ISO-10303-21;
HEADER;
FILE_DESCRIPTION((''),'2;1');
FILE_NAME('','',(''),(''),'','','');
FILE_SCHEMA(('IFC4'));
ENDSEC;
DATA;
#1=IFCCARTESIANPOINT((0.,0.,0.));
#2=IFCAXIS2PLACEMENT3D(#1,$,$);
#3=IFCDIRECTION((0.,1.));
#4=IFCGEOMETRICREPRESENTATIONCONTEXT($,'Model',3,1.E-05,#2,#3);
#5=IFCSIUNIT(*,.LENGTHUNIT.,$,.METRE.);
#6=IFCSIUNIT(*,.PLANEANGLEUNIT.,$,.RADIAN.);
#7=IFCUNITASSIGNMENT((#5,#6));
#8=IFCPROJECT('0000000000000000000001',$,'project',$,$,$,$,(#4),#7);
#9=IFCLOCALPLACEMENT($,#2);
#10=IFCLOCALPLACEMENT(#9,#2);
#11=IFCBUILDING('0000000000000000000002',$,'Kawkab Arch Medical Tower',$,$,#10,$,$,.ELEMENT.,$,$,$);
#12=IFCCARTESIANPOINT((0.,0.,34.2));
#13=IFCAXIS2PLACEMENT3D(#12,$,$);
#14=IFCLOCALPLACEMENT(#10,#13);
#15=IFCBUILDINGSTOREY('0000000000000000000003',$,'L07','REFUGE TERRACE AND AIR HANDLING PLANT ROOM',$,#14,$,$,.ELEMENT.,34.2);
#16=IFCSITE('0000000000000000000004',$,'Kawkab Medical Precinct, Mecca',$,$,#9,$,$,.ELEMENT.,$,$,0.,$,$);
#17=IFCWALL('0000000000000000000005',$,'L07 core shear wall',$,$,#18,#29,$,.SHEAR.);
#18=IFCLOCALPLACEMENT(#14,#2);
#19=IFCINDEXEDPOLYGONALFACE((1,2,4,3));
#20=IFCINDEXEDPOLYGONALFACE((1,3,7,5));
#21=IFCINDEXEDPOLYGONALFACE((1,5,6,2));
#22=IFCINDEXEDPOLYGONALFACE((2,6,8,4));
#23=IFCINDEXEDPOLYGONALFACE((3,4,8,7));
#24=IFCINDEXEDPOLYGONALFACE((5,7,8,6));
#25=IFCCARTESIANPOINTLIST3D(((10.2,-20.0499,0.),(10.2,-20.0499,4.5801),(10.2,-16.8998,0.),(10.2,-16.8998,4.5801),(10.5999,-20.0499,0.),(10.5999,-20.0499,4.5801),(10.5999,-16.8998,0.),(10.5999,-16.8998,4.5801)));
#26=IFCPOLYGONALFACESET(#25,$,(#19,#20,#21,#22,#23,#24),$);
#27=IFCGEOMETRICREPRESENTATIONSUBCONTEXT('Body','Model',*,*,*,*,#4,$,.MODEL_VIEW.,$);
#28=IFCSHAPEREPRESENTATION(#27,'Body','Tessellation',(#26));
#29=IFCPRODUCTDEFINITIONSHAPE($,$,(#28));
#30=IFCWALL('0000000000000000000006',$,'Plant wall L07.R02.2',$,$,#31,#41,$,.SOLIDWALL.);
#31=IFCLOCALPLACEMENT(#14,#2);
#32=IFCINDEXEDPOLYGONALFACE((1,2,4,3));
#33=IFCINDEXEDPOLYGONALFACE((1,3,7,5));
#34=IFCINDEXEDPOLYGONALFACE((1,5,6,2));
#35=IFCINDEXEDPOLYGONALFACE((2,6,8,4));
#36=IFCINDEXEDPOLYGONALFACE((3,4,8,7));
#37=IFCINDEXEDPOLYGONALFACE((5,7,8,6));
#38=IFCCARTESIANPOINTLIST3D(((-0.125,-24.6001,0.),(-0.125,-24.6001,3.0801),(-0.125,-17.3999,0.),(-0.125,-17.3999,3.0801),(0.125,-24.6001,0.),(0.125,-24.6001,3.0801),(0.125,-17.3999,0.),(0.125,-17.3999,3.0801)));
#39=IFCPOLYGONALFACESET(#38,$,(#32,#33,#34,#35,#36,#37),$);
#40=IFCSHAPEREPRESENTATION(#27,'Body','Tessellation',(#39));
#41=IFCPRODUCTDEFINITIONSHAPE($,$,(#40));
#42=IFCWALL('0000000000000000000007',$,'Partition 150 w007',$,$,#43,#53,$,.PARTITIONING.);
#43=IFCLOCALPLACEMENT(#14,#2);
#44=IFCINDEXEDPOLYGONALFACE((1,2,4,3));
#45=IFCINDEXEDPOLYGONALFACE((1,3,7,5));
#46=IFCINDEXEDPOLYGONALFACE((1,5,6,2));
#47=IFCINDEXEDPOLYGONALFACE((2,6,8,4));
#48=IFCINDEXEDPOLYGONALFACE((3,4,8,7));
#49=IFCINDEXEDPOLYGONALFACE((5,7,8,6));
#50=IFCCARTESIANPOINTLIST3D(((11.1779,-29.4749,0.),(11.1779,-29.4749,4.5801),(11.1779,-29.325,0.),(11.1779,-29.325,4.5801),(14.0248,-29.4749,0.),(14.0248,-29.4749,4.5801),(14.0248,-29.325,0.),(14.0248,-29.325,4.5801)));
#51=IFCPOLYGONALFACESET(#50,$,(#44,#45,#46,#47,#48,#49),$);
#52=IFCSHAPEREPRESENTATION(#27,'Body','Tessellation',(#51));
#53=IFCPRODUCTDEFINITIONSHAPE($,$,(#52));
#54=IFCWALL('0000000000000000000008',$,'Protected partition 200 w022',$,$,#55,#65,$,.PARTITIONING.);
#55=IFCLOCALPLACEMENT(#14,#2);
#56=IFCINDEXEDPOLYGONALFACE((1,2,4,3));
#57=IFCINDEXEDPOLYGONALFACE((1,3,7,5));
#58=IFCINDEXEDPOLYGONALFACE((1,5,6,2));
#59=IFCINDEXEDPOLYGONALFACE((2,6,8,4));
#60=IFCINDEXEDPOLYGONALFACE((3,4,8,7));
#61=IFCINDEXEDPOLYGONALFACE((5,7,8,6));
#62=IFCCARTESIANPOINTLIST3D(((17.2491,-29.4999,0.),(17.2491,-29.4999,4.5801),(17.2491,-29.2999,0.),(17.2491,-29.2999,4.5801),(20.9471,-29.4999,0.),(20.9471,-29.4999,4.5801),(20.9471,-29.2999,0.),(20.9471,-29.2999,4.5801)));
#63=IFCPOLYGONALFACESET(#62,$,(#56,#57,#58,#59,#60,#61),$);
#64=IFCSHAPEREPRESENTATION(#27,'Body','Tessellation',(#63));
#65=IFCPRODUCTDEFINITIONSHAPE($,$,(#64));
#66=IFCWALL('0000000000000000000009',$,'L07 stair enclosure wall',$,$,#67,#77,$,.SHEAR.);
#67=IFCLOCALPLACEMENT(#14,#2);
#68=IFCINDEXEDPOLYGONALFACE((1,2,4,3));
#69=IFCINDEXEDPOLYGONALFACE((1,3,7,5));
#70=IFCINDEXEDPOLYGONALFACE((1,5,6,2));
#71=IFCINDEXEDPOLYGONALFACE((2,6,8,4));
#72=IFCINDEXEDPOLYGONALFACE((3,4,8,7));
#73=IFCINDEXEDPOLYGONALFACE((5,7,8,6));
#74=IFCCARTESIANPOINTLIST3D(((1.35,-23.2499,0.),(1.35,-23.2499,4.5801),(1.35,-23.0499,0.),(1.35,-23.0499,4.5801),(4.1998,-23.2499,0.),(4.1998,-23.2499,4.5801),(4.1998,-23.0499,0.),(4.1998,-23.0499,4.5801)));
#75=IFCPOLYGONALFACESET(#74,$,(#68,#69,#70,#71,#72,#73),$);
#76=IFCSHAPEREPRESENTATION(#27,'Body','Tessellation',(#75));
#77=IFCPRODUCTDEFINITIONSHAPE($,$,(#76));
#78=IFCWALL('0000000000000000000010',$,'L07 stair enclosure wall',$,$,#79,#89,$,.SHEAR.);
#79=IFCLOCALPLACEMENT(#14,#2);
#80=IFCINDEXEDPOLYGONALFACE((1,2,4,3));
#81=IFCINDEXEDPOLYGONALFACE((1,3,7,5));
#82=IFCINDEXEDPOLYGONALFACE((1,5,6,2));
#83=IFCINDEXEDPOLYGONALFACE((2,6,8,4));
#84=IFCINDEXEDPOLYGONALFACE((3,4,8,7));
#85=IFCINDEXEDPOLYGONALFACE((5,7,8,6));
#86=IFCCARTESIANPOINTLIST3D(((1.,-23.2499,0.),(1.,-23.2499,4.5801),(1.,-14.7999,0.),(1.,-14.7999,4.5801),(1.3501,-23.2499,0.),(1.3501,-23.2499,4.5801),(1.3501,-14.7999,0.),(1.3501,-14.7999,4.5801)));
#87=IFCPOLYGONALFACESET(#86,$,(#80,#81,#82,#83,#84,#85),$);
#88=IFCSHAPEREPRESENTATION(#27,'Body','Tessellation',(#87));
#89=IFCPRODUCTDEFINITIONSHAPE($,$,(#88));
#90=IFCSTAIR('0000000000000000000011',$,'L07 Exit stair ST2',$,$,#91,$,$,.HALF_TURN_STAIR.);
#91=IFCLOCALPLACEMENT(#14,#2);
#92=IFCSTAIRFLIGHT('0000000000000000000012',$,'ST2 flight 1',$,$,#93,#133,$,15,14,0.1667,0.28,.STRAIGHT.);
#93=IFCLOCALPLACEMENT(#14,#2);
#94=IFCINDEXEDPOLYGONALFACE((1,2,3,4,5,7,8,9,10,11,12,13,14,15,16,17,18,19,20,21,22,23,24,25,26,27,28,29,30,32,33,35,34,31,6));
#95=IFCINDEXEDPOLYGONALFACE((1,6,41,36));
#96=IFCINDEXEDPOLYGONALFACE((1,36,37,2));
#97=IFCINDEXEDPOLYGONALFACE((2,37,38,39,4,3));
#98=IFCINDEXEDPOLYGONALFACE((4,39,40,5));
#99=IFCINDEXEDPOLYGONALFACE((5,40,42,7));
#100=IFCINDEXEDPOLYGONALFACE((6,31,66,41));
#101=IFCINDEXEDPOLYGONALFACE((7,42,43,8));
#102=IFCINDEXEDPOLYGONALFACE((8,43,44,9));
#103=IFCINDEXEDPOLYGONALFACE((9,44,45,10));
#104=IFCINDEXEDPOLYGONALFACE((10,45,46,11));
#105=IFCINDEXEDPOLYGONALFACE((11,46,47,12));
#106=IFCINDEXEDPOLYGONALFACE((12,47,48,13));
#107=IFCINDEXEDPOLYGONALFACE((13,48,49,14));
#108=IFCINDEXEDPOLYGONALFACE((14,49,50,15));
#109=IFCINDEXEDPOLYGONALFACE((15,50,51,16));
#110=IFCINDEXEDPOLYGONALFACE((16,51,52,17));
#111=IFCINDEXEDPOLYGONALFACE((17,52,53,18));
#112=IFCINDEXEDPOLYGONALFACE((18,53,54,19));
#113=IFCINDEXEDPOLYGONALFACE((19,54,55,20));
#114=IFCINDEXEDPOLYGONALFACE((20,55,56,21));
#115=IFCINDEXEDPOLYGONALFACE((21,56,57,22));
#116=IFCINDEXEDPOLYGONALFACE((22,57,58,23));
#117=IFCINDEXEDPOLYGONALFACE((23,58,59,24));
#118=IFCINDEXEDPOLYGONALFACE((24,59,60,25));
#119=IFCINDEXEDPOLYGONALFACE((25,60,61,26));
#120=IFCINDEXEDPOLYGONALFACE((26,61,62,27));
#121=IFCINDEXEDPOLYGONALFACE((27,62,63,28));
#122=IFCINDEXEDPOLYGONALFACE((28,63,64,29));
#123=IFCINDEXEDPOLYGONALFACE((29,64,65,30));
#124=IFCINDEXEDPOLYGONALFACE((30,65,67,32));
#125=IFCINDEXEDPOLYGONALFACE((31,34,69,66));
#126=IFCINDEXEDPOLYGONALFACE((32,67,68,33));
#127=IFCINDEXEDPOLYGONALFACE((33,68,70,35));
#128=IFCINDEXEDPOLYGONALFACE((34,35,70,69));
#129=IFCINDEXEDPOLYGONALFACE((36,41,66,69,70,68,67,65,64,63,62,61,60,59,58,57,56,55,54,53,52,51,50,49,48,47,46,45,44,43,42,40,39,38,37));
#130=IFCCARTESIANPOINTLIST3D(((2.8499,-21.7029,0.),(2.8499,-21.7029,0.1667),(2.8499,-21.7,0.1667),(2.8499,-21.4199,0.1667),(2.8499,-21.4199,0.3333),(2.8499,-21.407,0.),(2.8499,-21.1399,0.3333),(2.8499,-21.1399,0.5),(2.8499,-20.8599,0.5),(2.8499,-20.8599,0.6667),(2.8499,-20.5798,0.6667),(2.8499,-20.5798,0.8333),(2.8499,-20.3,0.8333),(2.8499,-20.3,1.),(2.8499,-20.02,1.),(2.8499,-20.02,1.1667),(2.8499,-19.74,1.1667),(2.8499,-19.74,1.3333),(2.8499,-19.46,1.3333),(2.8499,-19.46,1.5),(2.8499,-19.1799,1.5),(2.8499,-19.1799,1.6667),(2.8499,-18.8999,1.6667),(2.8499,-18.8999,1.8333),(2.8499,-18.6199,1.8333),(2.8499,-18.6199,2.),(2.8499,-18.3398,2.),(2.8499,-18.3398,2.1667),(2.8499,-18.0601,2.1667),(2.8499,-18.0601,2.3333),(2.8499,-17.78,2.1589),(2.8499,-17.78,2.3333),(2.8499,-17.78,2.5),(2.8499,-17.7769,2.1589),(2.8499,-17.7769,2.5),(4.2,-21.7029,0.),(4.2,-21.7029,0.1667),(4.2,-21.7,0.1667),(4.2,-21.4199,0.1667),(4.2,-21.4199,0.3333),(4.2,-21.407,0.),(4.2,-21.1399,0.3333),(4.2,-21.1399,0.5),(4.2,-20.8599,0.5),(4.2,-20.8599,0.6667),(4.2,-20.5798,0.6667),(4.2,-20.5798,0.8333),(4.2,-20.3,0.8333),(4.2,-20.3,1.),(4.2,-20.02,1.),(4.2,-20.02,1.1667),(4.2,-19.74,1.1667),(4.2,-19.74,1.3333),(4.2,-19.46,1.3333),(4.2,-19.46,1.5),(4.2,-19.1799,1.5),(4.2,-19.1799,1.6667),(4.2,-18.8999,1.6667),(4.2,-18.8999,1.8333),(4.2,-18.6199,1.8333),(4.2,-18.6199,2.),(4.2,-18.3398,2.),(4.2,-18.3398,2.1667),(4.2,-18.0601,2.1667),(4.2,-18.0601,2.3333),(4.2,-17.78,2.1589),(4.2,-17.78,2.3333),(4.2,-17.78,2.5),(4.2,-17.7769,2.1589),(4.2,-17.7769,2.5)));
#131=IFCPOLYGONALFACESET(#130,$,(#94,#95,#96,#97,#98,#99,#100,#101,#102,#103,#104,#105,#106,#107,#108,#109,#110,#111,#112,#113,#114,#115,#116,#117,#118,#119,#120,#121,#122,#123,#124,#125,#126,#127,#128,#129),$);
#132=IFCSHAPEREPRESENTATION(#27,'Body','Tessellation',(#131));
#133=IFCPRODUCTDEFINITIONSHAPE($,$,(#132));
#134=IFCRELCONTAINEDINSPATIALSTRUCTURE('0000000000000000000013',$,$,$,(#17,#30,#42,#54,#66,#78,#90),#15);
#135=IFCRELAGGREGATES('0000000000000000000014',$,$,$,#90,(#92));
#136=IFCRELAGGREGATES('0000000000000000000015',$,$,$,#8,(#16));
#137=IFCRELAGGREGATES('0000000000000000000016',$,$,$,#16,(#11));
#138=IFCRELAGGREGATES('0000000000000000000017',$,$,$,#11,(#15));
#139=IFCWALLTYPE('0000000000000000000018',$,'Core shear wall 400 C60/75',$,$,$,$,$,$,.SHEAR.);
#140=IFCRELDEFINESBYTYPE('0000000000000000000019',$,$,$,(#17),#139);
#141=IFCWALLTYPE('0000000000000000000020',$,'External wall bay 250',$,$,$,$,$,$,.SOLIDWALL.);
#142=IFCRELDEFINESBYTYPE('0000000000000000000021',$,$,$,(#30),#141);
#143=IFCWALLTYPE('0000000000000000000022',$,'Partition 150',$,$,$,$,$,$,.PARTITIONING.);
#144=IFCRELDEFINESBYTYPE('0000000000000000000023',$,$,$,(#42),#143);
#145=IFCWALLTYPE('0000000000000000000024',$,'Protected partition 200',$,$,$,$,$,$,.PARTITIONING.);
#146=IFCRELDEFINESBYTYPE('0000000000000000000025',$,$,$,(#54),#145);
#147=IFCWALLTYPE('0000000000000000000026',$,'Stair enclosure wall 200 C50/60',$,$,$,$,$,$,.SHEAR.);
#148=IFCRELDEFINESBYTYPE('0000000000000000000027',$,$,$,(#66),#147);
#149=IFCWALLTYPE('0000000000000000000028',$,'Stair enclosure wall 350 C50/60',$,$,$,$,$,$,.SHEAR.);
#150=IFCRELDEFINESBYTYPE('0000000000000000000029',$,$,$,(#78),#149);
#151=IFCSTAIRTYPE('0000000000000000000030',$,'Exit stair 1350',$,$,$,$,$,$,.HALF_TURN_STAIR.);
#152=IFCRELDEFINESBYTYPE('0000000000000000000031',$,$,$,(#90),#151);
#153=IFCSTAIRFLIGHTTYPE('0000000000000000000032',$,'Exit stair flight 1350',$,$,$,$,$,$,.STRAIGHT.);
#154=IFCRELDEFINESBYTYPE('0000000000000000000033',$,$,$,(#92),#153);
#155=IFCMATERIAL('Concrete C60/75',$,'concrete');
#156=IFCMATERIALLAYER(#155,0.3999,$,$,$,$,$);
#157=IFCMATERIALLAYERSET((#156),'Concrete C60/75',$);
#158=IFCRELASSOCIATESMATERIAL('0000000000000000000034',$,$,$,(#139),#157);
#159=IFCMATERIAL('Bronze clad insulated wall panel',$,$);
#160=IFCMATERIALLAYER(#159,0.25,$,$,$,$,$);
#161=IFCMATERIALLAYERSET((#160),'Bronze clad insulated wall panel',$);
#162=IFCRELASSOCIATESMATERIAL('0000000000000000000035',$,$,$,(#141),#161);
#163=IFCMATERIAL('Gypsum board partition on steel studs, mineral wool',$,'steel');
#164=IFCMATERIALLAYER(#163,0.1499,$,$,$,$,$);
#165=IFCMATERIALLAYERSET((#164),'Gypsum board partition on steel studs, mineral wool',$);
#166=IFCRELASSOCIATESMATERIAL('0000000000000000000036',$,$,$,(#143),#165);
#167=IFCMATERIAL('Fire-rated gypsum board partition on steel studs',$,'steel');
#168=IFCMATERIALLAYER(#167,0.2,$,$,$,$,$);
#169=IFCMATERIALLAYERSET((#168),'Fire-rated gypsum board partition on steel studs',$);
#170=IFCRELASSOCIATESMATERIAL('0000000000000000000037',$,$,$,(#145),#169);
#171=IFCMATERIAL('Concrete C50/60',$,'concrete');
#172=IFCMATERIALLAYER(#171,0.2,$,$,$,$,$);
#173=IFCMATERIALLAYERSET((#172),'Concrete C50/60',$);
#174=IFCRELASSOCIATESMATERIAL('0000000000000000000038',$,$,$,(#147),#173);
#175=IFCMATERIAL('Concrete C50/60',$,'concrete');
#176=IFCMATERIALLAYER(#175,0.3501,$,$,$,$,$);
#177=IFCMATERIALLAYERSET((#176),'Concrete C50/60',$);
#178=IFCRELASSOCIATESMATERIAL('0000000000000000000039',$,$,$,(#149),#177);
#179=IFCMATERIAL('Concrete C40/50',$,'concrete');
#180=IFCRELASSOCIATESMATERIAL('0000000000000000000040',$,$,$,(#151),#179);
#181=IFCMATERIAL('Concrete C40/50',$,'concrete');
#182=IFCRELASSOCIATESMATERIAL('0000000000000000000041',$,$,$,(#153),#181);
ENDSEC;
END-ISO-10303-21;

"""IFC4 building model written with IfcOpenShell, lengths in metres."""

from ifc_helpers import new_model, si_unit, direction, frame, frame_2d, origin, place, context, subcontext, project, spatial, polyline, rectangle, outline, extrude, material, layer, layer_set, type_object, element, aggregate, save


model = new_model("IFC4")

# Units and contexts
model_context = context("Model", 3, precision=1e-05, world=origin(), true_north=direction((0.0, 1.0)))
body_context = subcontext(model_context, "Body", "Model", "MODEL_VIEW")
ifc_project = project(units=[si_unit("LENGTHUNIT", "METRE"), si_unit("PLANEANGLEUNIT", "RADIAN")], contexts=[model_context])

# Site, building, storey
site_placement = place(None, origin())
site = spatial("IfcSite", under=ifc_project, at=site_placement, Name="Kawkab Medical Precinct, Mecca", CompositionType="ELEMENT", RefElevation=0.0)
building_placement = place(site_placement, origin())
building = spatial("IfcBuilding", under=site, at=building_placement, Name="Kawkab Arch Medical Tower", CompositionType="ELEMENT")
storey_placement = place(building_placement, frame((0.0, 0.0, 34.2)))
storey = spatial("IfcBuildingStorey", under=building, at=storey_placement, Name="L07", Description="REFUGE TERRACE AND AIR HANDLING PLANT ROOM", CompositionType="ELEMENT", Elevation=34.2)

# Shared definitions
ifc_material_1 = material(Name="Concrete C60/75", Category="concrete")
ifc_layer_1 = layer(ifc_material_1, 0.3999)
ifc_layer_set_1 = layer_set([ifc_layer_1], Name="Concrete C60/75")
wall_type_1 = type_object("IfcWallType", Name="Core shear wall 400 C60/75", PredefinedType="SHEAR", material=ifc_layer_set_1)

# Walls
wall_1_placement = place(storey_placement, frame((10.3999, -20.05, 0.0), z_axis=(0.0, 0.0, 1.0), x_axis=(0.0, 1.0, 0.0)))
element("IfcWall", 1, at=wall_1_placement, inside=storey, type_object=wall_type_1, Name="L07 core shear wall", PredefinedType="SHEAR", context=body_context, shape_type="SweptSolid", body=[
    extrude(rectangle(XDim=3.1501, YDim=0.3999, at=frame_2d((1.5752, 0.0))), origin(), (0.0, 0.0, 1.0), 4.5801),
])
ifc_material_2 = material(Name="Bronze clad insulated wall panel")
ifc_layer_2 = layer(ifc_material_2, 0.25)
ifc_layer_set_2 = layer_set([ifc_layer_2], Name="Bronze clad insulated wall panel")
wall_type_2 = type_object("IfcWallType", Name="External wall bay 250", PredefinedType="SOLIDWALL", material=ifc_layer_set_2)
wall_2_placement = place(storey_placement, frame((0.0, -17.3999, 0.0), z_axis=(0.0, 0.0, 1.0), x_axis=(0.0, -1.0, 0.0)))
element("IfcWall", 2, at=wall_2_placement, inside=storey, type_object=wall_type_2, Name="Plant wall L07.R02.2", PredefinedType="SOLIDWALL", context=body_context, shape_type="SweptSolid", body=[
    extrude(rectangle(XDim=7.2002, YDim=0.25, at=frame_2d((3.6001, 0.0))), origin(), (0.0, 0.0, 1.0), 3.0801),
])
ifc_material_3 = material(Name="Gypsum board partition on steel studs, mineral wool", Category="steel")
ifc_layer_3 = layer(ifc_material_3, 0.1499)
ifc_layer_set_3 = layer_set([ifc_layer_3], Name="Gypsum board partition on steel studs, mineral wool")
wall_type_3 = type_object("IfcWallType", Name="Partition 150", PredefinedType="PARTITIONING", material=ifc_layer_set_3)
wall_3_placement = place(storey_placement, frame((11.178, -29.3999, 0.0), z_axis=(0.0, 0.0, 1.0), x_axis=(1.0, 0.0, 0.0)))
element("IfcWall", 3, at=wall_3_placement, inside=storey, type_object=wall_type_3, Name="Partition 150 w007", PredefinedType="PARTITIONING", context=body_context, shape_type="SweptSolid", body=[
    extrude(rectangle(XDim=2.8469, YDim=0.1499, at=frame_2d((1.4233, 0.0))), origin(), (0.0, 0.0, 1.0), 4.5801),
])
ifc_material_4 = material(Name="Fire-rated gypsum board partition on steel studs", Category="steel")
ifc_layer_4 = layer(ifc_material_4, 0.2)
ifc_layer_set_4 = layer_set([ifc_layer_4], Name="Fire-rated gypsum board partition on steel studs")
wall_type_4 = type_object("IfcWallType", Name="Protected partition 200", PredefinedType="PARTITIONING", material=ifc_layer_set_4)
wall_4_placement = place(storey_placement, frame((17.249, -29.3999, 0.0), z_axis=(0.0, 0.0, 1.0), x_axis=(1.0, 0.0, 0.0)))
element("IfcWall", 4, at=wall_4_placement, inside=storey, type_object=wall_type_4, Name="Protected partition 200 w022", PredefinedType="PARTITIONING", context=body_context, shape_type="SweptSolid", body=[
    extrude(rectangle(XDim=3.698, YDim=0.2, at=frame_2d((1.8491, 0.0))), origin(), (0.0, 0.0, 1.0), 4.5801),
])
ifc_material_5 = material(Name="Concrete C50/60", Category="concrete")
ifc_layer_5 = layer(ifc_material_5, 0.2)
ifc_layer_set_5 = layer_set([ifc_layer_5], Name="Concrete C50/60")
wall_type_5 = type_object("IfcWallType", Name="Stair enclosure wall 200 C50/60", PredefinedType="SHEAR", material=ifc_layer_set_5)
wall_5_placement = place(storey_placement, frame((1.3501, -23.1499, 0.0), z_axis=(0.0, 0.0, 1.0), x_axis=(1.0, 0.0, 0.0)))
element("IfcWall", 5, at=wall_5_placement, inside=storey, type_object=wall_type_5, Name="L07 stair enclosure wall", PredefinedType="SHEAR", context=body_context, shape_type="SweptSolid", body=[
    extrude(rectangle(XDim=2.8499, YDim=0.2, at=frame_2d((1.4248, 0.0))), origin(), (0.0, 0.0, 1.0), 4.5801),
])
ifc_material_6 = material(Name="Concrete C50/60", Category="concrete")
ifc_layer_6 = layer(ifc_material_6, 0.3501)
ifc_layer_set_6 = layer_set([ifc_layer_6], Name="Concrete C50/60")
wall_type_6 = type_object("IfcWallType", Name="Stair enclosure wall 350 C50/60", PredefinedType="SHEAR", material=ifc_layer_set_6)
wall_6_placement = place(storey_placement, frame((1.175, -23.25, 0.0), z_axis=(0.0, 0.0, 1.0), x_axis=(0.0, 1.0, 0.0)))
element("IfcWall", 6, at=wall_6_placement, inside=storey, type_object=wall_type_6, Name="L07 stair enclosure wall", PredefinedType="SHEAR", context=body_context, shape_type="SweptSolid", body=[
    extrude(rectangle(XDim=8.45, YDim=0.3501, at=frame_2d((4.2251, 0.0))), origin(), (0.0, 0.0, 1.0), 4.5801),
])

# Stair, stair flight
ifc_material_7 = material(Name="Concrete C40/50", Category="concrete")
stair_type = type_object("IfcStairType", Name="Exit stair 1350", PredefinedType="HALF_TURN_STAIR", material=ifc_material_7)
stair_placement = place(storey_placement, origin())
stair = element("IfcStair", 7, at=stair_placement, inside=storey, type_object=stair_type, Name="L07 Exit stair ST2", PredefinedType="HALF_TURN_STAIR")
ifc_material_8 = material(Name="Concrete C40/50", Category="concrete")
stair_flight_type = type_object("IfcStairFlightType", Name="Exit stair flight 1350", PredefinedType="STRAIGHT", material=ifc_material_8)
stair_flight_placement = place(storey_placement, frame((3.5249, -21.7, 0.0), z_axis=(0.0, 0.0, 1.0), x_axis=(0.0, 1.0, 0.0)))
stair_flight = element("IfcStairFlight", 8, at=stair_flight_placement, type_object=stair_flight_type, Name="ST2 flight 1", NumberOfRisers=15, NumberOfTreads=14, PredefinedType="STRAIGHT", RiserHeight=0.1667, TreadLength=0.28, context=body_context, shape_type="SweptSolid", body=[
    extrude(outline(polyline([(-0.0029, 0.0), (-0.0029, 0.1667), (0.0, 0.1667), (0.28, 0.1667), (0.28, 0.3333), (0.5601, 0.3333), (0.5601, 0.5), (0.8401, 0.5), (0.8401, 0.6667), (1.1201, 0.6667), (1.1201, 0.8333), (1.3999, 0.8333), (1.3999, 1.0), (1.6799, 1.0), (1.6799, 1.1667), (1.96, 1.1667), (1.96, 1.3333), (2.24, 1.3333), (2.24, 1.5), (2.52, 1.5), (2.52, 1.6667), (2.8, 1.6667), (2.8, 1.8333), (3.0801, 1.8333), (3.0801, 2.0), (3.3601, 2.0), (3.3601, 2.1667), (3.6399, 2.1667), (3.6399, 2.3333), (3.9199, 2.3333), (3.9199, 2.5), (3.9231, 2.5), (3.9231, 2.1589), (3.9199, 2.1589), (0.293, 0.0), (-0.0029, 0.0)])), frame((0.0, 0.675, 0.0), z_axis=(0.0, -1.0, 0.0), x_axis=(1.0, 0.0, 0.0)), (0.0, 0.0, 1.0), 1.3501),
])
aggregate(stair, [stair_flight])

save(model, "model.ifc")
